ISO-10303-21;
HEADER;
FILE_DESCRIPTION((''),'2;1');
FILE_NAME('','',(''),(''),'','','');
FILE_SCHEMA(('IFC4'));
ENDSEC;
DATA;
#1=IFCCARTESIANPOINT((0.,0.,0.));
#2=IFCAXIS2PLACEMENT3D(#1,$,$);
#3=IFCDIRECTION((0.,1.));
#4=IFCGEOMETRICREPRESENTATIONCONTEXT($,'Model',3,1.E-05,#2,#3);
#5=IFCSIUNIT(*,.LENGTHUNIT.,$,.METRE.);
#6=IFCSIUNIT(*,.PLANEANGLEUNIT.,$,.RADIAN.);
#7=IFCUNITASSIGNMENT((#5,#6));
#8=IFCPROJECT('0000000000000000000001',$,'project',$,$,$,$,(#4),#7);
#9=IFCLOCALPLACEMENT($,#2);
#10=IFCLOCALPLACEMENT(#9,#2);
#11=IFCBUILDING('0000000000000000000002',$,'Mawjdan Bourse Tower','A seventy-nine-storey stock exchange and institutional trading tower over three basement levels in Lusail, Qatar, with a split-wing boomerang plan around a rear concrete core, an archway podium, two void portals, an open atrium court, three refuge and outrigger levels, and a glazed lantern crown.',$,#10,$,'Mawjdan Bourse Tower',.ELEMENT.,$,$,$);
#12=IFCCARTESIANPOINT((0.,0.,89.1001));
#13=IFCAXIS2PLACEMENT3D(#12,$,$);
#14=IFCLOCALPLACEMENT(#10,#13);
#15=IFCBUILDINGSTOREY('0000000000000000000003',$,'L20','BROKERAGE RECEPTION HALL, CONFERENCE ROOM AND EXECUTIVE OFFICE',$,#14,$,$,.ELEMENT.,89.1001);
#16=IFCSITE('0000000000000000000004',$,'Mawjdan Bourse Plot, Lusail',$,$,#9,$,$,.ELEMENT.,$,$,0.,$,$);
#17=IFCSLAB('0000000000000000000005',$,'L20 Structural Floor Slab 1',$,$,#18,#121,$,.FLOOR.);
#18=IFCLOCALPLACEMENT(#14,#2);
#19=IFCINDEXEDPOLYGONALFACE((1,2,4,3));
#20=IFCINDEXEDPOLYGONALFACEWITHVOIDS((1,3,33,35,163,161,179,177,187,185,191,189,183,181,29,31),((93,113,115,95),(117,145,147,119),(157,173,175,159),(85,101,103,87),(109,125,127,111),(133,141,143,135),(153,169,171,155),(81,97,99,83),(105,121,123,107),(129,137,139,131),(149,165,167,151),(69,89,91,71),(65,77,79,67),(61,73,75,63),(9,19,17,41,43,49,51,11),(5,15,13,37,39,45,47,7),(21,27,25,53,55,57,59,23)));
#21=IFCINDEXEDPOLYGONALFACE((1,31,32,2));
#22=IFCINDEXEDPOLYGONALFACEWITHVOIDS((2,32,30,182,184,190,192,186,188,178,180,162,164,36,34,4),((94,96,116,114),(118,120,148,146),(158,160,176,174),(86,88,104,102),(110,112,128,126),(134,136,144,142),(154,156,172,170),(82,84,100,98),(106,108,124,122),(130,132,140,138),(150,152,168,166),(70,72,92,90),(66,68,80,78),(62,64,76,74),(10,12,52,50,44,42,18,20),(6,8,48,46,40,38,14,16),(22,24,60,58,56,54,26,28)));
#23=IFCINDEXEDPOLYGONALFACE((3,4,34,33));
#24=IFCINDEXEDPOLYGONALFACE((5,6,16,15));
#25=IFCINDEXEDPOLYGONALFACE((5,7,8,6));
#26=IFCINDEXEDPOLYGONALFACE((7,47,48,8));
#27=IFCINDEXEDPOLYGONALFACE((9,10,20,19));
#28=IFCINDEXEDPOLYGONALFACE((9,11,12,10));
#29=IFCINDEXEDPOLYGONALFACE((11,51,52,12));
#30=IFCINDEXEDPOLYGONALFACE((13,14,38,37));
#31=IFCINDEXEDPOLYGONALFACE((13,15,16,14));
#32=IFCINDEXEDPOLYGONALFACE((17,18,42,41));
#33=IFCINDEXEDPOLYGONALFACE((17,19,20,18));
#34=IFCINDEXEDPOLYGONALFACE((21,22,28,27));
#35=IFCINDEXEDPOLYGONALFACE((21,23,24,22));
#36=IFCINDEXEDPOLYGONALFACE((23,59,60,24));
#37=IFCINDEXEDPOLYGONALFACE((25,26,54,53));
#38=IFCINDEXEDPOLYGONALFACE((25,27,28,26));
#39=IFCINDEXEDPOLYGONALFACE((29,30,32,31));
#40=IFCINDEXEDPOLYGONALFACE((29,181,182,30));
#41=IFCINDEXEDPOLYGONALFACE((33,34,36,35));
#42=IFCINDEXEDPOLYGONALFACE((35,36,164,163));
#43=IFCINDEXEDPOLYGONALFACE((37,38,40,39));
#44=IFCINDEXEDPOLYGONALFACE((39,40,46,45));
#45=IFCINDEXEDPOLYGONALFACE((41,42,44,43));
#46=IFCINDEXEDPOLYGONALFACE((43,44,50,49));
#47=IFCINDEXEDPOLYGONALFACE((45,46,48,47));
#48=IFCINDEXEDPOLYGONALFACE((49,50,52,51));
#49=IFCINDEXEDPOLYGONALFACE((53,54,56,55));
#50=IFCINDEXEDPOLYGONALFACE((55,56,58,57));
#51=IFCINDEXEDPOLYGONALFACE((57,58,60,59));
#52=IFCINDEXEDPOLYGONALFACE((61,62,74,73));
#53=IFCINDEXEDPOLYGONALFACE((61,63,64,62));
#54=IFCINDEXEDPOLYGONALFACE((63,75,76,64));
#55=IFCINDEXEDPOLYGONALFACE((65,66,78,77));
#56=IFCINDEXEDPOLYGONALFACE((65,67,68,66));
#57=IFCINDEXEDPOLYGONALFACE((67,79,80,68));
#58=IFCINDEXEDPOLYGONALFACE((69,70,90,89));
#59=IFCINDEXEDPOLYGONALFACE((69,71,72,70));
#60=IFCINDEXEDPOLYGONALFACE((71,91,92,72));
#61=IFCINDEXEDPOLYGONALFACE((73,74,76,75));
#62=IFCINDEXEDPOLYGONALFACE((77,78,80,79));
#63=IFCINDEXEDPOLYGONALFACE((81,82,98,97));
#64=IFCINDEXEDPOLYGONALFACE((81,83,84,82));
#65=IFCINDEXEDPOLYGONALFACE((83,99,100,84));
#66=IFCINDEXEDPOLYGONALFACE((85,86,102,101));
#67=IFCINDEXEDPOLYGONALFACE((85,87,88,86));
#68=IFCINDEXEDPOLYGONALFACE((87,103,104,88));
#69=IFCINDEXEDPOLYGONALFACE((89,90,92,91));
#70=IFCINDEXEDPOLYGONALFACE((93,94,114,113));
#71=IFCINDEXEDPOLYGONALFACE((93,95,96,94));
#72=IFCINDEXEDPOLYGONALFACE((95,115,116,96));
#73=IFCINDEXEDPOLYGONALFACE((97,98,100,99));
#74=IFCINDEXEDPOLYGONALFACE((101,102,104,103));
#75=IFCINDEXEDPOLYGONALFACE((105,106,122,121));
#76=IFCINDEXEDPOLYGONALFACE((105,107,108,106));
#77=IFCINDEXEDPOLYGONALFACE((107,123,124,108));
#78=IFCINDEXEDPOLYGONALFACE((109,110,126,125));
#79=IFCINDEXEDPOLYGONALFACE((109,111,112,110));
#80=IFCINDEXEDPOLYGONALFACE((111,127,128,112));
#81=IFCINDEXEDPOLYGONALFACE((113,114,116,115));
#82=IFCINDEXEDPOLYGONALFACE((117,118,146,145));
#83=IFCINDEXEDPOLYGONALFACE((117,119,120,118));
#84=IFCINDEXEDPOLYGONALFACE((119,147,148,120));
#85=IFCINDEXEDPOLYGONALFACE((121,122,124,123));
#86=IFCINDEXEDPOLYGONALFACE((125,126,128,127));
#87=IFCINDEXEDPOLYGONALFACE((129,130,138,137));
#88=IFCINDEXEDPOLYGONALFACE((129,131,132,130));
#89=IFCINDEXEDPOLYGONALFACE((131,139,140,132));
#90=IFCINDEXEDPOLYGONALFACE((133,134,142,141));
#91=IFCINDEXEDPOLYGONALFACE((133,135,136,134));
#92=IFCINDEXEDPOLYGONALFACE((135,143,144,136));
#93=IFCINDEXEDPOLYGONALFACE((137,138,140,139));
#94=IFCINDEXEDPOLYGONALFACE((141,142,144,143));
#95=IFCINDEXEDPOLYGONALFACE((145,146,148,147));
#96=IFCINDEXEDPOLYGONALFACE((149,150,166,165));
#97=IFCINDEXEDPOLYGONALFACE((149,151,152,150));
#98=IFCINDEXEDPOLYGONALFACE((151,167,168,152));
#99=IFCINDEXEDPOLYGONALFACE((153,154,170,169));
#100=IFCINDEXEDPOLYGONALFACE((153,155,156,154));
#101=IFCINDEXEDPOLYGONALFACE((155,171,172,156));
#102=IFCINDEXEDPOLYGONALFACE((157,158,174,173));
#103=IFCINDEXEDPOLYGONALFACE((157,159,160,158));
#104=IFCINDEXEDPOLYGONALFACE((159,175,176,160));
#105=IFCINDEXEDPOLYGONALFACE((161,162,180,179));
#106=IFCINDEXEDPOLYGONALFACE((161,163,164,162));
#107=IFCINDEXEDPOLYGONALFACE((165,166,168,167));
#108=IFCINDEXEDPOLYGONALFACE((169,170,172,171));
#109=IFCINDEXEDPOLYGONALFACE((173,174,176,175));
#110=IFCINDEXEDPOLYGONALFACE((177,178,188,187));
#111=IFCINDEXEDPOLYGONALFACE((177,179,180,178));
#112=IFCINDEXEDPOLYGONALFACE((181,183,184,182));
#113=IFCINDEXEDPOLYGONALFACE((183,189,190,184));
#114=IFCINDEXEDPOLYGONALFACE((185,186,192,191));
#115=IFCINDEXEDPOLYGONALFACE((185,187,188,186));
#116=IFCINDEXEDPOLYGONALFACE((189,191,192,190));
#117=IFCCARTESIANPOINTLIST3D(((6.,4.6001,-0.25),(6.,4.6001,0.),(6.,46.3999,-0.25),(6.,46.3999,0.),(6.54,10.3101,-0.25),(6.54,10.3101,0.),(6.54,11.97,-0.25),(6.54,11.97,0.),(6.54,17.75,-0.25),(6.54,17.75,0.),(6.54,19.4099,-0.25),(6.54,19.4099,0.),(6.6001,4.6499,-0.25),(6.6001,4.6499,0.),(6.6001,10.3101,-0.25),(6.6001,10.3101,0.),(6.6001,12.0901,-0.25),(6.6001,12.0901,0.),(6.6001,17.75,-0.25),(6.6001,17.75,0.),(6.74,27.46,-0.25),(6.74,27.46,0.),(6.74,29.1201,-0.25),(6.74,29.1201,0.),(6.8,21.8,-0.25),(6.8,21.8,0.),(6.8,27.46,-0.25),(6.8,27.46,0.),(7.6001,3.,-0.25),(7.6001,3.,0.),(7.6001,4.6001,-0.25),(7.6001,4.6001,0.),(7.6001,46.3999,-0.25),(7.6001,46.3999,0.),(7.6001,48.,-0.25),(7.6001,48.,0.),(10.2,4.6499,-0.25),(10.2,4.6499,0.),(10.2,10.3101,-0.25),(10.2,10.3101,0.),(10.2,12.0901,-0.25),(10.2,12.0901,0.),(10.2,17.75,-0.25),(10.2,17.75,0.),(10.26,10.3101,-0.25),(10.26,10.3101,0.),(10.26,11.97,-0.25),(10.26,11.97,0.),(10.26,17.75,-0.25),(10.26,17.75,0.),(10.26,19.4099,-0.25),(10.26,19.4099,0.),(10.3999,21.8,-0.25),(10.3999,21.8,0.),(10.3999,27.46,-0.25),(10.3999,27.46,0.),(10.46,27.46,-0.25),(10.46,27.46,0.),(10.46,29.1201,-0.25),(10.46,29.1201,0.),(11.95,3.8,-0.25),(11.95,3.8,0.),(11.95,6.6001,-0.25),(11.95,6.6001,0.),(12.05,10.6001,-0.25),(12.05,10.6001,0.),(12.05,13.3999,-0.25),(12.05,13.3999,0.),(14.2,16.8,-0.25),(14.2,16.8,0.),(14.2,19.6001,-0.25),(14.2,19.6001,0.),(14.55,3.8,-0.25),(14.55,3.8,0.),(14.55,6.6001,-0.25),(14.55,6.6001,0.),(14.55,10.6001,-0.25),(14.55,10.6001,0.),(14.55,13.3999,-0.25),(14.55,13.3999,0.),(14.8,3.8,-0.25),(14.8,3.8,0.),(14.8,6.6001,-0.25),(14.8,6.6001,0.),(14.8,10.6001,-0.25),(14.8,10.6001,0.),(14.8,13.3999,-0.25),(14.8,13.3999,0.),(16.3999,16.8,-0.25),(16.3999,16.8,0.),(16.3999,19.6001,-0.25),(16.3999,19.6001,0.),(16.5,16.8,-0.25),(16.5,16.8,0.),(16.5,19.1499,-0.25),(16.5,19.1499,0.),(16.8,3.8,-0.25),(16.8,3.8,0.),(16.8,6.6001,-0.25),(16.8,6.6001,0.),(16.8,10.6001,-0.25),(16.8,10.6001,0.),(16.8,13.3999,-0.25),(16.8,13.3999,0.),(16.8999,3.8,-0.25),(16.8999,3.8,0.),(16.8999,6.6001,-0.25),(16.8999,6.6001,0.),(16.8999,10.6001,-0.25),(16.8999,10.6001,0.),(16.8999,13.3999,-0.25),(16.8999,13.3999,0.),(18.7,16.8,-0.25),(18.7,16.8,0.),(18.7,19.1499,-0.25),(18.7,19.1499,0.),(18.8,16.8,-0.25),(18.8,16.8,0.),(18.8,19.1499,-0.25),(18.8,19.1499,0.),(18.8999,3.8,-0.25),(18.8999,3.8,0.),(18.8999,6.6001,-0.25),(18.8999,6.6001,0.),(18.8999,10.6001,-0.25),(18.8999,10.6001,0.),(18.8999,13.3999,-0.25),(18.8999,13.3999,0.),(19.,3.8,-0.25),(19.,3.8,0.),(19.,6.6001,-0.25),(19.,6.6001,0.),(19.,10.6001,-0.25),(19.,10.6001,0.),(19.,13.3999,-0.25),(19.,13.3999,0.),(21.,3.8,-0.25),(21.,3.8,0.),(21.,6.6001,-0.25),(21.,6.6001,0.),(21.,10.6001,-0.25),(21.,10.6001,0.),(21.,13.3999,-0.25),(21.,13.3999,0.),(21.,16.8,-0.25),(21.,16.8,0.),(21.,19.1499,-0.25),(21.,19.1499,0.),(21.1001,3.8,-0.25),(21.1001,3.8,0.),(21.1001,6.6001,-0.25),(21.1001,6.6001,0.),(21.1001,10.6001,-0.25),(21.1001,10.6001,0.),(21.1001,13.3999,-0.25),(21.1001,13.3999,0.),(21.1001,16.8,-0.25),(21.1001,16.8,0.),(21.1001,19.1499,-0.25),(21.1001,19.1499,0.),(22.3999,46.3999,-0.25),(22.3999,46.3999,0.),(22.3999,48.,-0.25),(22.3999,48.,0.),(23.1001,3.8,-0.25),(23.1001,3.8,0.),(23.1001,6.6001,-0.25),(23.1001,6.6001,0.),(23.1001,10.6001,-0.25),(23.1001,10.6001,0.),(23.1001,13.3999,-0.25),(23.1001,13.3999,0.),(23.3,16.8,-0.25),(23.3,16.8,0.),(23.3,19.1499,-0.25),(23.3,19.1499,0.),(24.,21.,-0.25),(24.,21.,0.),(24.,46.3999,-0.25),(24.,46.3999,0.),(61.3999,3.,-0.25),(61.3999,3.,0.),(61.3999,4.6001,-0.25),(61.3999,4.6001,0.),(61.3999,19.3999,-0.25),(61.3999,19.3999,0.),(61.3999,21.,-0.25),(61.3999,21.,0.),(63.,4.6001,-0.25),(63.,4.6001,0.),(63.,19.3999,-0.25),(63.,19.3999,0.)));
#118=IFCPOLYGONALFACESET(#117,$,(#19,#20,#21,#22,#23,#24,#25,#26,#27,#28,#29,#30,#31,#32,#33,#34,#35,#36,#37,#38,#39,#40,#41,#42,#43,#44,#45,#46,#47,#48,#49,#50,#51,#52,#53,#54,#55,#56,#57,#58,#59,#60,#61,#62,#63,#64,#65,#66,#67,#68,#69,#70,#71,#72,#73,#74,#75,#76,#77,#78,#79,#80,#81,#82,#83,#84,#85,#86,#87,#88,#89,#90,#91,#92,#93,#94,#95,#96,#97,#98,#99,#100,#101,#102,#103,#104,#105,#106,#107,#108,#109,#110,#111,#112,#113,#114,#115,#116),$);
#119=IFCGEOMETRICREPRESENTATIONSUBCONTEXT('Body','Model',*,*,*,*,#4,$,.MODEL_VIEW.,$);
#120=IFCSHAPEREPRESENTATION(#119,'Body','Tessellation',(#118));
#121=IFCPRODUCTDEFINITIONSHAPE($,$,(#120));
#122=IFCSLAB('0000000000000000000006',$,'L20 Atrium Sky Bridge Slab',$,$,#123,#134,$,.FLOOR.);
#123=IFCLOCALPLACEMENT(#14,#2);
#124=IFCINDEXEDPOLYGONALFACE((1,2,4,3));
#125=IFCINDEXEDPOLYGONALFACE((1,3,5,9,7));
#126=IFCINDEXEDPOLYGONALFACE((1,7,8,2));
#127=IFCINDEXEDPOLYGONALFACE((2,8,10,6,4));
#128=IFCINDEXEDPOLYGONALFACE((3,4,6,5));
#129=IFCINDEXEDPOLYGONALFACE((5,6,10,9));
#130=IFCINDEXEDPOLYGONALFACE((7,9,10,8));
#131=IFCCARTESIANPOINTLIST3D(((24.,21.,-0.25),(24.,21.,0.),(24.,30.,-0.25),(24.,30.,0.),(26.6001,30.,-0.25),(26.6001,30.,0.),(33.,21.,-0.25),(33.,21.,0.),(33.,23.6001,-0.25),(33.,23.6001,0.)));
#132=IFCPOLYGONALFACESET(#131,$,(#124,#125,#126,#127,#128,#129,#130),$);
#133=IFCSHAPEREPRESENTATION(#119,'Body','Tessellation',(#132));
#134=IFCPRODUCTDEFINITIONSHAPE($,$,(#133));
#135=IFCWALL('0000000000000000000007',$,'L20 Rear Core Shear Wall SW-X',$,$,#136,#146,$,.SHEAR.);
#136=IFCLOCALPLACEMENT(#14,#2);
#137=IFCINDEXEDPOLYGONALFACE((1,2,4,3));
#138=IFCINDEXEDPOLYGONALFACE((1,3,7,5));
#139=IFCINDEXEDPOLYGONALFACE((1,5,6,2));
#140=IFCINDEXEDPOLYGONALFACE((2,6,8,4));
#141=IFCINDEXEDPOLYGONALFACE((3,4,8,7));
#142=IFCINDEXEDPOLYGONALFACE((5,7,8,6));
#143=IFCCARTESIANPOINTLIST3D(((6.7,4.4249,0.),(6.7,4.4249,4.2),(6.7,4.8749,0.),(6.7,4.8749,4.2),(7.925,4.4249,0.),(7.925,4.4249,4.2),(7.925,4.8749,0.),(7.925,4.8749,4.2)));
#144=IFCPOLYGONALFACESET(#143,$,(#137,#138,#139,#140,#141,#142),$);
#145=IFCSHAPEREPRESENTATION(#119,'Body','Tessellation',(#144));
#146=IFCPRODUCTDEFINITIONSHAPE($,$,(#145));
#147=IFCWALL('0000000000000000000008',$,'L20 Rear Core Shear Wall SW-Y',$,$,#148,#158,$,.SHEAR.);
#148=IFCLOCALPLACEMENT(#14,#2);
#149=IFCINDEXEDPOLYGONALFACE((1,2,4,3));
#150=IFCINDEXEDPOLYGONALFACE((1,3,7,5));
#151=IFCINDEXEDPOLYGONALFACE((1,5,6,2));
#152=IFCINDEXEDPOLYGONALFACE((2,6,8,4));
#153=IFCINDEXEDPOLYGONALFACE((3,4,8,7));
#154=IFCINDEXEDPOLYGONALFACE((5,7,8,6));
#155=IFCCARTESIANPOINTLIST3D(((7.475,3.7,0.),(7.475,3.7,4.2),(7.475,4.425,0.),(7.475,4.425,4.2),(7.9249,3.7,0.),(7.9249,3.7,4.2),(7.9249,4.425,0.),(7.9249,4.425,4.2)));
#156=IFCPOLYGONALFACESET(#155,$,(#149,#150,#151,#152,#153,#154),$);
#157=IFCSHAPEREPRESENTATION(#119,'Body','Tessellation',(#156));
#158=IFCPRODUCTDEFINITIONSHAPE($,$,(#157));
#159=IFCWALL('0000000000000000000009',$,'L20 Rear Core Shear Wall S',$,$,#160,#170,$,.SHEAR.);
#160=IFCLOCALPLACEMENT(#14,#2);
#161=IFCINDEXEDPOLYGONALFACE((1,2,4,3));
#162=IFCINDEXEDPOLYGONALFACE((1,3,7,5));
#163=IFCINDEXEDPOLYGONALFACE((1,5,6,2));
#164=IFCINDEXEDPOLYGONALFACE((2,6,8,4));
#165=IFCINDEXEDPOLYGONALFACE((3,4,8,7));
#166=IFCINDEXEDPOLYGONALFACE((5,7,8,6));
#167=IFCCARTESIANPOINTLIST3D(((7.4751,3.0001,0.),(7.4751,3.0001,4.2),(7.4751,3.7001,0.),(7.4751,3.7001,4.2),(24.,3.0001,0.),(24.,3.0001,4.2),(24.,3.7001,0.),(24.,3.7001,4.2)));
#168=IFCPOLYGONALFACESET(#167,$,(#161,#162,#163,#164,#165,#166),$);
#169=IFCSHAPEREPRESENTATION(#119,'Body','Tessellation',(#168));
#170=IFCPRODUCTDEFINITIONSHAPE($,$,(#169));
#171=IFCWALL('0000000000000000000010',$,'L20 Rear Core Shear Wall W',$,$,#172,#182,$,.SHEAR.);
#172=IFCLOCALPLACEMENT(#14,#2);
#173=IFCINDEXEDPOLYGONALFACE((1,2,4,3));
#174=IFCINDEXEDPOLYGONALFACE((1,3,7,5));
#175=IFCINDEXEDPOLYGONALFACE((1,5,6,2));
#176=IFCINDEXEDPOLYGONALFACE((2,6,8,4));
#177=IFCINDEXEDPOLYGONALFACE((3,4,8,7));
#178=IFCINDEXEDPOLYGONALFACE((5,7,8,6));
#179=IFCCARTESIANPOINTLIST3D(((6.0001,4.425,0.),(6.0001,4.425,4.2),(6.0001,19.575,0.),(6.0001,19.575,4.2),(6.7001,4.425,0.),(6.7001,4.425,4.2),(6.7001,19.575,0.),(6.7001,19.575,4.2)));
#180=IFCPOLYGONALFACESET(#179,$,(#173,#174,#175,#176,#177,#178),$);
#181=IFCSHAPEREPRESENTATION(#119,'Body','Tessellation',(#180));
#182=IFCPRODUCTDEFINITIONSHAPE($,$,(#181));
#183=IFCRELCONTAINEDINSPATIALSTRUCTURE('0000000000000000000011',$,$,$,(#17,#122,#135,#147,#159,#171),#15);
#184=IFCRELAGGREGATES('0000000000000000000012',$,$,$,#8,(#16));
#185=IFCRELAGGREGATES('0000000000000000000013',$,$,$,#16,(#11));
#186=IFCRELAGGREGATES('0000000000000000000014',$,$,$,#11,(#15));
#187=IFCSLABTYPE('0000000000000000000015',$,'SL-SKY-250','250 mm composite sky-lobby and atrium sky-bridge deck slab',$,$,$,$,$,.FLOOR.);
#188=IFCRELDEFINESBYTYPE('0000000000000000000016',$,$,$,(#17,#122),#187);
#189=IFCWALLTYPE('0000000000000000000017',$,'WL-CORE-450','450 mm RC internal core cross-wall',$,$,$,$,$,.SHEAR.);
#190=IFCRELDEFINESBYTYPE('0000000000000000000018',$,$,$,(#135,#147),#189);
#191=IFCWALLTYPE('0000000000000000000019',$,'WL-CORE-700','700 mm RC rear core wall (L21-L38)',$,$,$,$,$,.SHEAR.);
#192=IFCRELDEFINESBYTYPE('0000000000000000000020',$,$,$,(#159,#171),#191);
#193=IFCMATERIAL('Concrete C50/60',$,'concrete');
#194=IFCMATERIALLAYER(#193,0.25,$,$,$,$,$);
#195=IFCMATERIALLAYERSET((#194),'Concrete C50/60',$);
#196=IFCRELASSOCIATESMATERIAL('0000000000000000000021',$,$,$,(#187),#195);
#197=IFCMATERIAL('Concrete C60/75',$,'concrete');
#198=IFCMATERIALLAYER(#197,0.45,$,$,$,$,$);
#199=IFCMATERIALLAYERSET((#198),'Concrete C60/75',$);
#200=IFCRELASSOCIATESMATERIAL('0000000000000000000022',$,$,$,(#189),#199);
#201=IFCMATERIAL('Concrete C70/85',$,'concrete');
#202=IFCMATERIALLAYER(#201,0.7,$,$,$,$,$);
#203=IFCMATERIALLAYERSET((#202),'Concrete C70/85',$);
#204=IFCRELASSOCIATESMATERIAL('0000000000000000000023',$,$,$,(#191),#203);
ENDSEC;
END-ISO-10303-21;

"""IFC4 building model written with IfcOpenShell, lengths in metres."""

from ifc_helpers import new_model, si_unit, direction, frame, frame_2d, origin, place, context, subcontext, project, spatial, polyline, rectangle, outline, extrude, material, layer, layer_set, type_object, element, save


model = new_model("IFC4")

# Units and contexts
model_context = context("Model", 3, precision=1e-05, world=origin(), true_north=direction((0.0, 1.0)))
body_context = subcontext(model_context, "Body", "Model", "MODEL_VIEW")
ifc_project = project(units=[si_unit("LENGTHUNIT", "METRE"), si_unit("PLANEANGLEUNIT", "RADIAN")], contexts=[model_context])

# Site, building, storey
site_placement = place(None, origin())
site = spatial("IfcSite", under=ifc_project, at=site_placement, Name="Mawjdan Bourse Plot, Lusail", CompositionType="ELEMENT", RefElevation=0.0)
building_placement = place(site_placement, origin())
building = spatial("IfcBuilding", under=site, at=building_placement, Name="Mawjdan Bourse Tower", Description="A seventy-nine-storey stock exchange and institutional trading tower over three basement levels in Lusail, Qatar, with a split-wing boomerang plan around a rear concrete core, an archway podium, two void portals, an open atrium court, three refuge and outrigger levels, and a glazed lantern crown.", LongName="Mawjdan Bourse Tower", CompositionType="ELEMENT")
storey_placement = place(building_placement, frame((0.0, 0.0, 89.1001)))
storey = spatial("IfcBuildingStorey", under=building, at=storey_placement, Name="L20", Description="BROKERAGE RECEPTION HALL, CONFERENCE ROOM AND EXECUTIVE OFFICE", CompositionType="ELEMENT", Elevation=89.1001)

# Shared definitions
ifc_material_1 = material(Name="Concrete C50/60", Category="concrete")

# Slabs
ifc_layer_1 = layer(ifc_material_1, 0.25)
ifc_layer_set_1 = layer_set([ifc_layer_1], Name="Concrete C50/60")
slab_type_1 = type_object("IfcSlabType", Name="SL-SKY-250", Description="250 mm composite sky-lobby and atrium sky-bridge deck slab", PredefinedType="FLOOR", material=ifc_layer_set_1)
slab_1_placement = place(storey_placement, frame((0.0, 0.0, -0.25)))
element("IfcSlab", 1, at=slab_1_placement, inside=storey, type_object=slab_type_1, Name="L20 Structural Floor Slab 1", PredefinedType="FLOOR", context=body_context, shape_type="SweptSolid", body=[
    extrude(outline(polyline([(7.6001, 3.0), (61.3999, 3.0), (61.3999, 4.6001), (63.0, 4.6001), (63.0, 19.3999), (61.3999, 19.3999), (61.3999, 21.0), (24.0, 21.0), (24.0, 46.3999), (22.3999, 46.3999), (22.3999, 48.0), (7.6001, 48.0), (7.6001, 46.3999), (6.0, 46.3999), (6.0, 4.6001), (7.6001, 4.6001), (7.6001, 3.0)]), holes=[polyline([(11.95, 3.8), (11.95, 6.6001), (14.55, 6.6001), (14.55, 3.8), (11.95, 3.8)]), polyline([(14.8, 3.8), (14.8, 6.6001), (16.8, 6.6001), (16.8, 3.8), (14.8, 3.8)]), polyline([(10.26, 11.97), (10.26, 10.3101), (10.2, 10.3101), (10.2, 4.6499), (6.6001, 4.6499), (6.6001, 10.3101), (6.54, 10.3101), (6.54, 11.97), (10.26, 11.97)]), polyline([(12.05, 13.3999), (14.55, 13.3999), (14.55, 10.6001), (12.05, 10.6001), (12.05, 13.3999)]), polyline([(6.6001, 17.75), (6.54, 17.75), (6.54, 19.4099), (10.26, 19.4099), (10.26, 17.75), (10.2, 17.75), (10.2, 12.0901), (6.6001, 12.0901), (6.6001, 17.75)]), polyline([(14.2, 16.8), (14.2, 19.6001), (16.3999, 19.6001), (16.3999, 16.8), (14.2, 16.8)]), polyline([(10.46, 27.46), (10.3999, 27.46), (10.3999, 21.8), (6.8, 21.8), (6.8, 27.46), (6.74, 27.46), (6.74, 29.1201), (10.46, 29.1201), (10.46, 27.46)]), polyline([(16.8999, 3.8), (16.8999, 6.6001), (18.8999, 6.6001), (18.8999, 3.8), (16.8999, 3.8)]), polyline([(19.0, 3.8), (19.0, 6.6001), (21.0, 6.6001), (21.0, 3.8), (19.0, 3.8)]), polyline([(21.1001, 3.8), (21.1001, 6.6001), (23.1001, 6.6001), (23.1001, 3.8), (21.1001, 3.8)]), polyline([(14.8, 13.3999), (16.8, 13.3999), (16.8, 10.6001), (14.8, 10.6001), (14.8, 13.3999)]), polyline([(16.8999, 13.3999), (18.8999, 13.3999), (18.8999, 10.6001), (16.8999, 10.6001), (16.8999, 13.3999)]), polyline([(19.0, 10.6001), (19.0, 13.3999), (21.0, 13.3999), (21.0, 10.6001), (19.0, 10.6001)]), polyline([(21.1001, 10.6001), (21.1001, 13.3999), (23.1001, 13.3999), (23.1001, 10.6001), (21.1001, 10.6001)]), polyline([(16.5, 16.8), (16.5, 19.1499), (18.7, 19.1499), (18.7, 16.8), (16.5, 16.8)]), polyline([(18.8, 19.1499), (21.0, 19.1499), (21.0, 16.8), (18.8, 16.8), (18.8, 19.1499)]), polyline([(21.1001, 19.1499), (23.3, 19.1499), (23.3, 16.8), (21.1001, 16.8), (21.1001, 19.1499)])]), origin(), (0.0, 0.0, 1.0), 0.25),
])
slab_2_placement = place(storey_placement, frame((0.0, 0.0, -0.25)))
element("IfcSlab", 2, at=slab_2_placement, inside=storey, type_object=slab_type_1, Name="L20 Atrium Sky Bridge Slab", PredefinedType="FLOOR", context=body_context, shape_type="SweptSolid", body=[
    extrude(outline(polyline([(24.0, 21.0), (33.0, 21.0), (33.0, 23.6001), (26.6001, 30.0), (24.0, 30.0), (24.0, 21.0)])), origin(), (0.0, 0.0, 1.0), 0.25),
])

# Walls
ifc_material_2 = material(Name="Concrete C60/75", Category="concrete")
ifc_layer_2 = layer(ifc_material_2, 0.45)
ifc_layer_set_2 = layer_set([ifc_layer_2], Name="Concrete C60/75")
wall_type_1 = type_object("IfcWallType", Name="WL-CORE-450", Description="450 mm RC internal core cross-wall", PredefinedType="SHEAR", material=ifc_layer_set_2)
wall_1_placement = place(storey_placement, frame((6.7, 4.6499, 0.0), z_axis=(0.0, 0.0, 1.0), x_axis=(1.0, 0.0, 0.0)))
element("IfcWall", 3, at=wall_1_placement, inside=storey, type_object=wall_type_1, Name="L20 Rear Core Shear Wall SW-X", PredefinedType="SHEAR", context=body_context, shape_type="SweptSolid", body=[
    extrude(rectangle(XDim=1.2251, YDim=0.45, at=frame_2d((0.6125, 0.0))), origin(), (0.0, 0.0, 1.0), 4.2),
])
wall_2_placement = place(storey_placement, frame((7.7, 3.7, 0.0), z_axis=(0.0, 0.0, 1.0), x_axis=(0.0, 1.0, 0.0)))
element("IfcWall", 4, at=wall_2_placement, inside=storey, type_object=wall_type_1, Name="L20 Rear Core Shear Wall SW-Y", PredefinedType="SHEAR", context=body_context, shape_type="SweptSolid", body=[
    extrude(rectangle(XDim=0.7251, YDim=0.45, at=frame_2d((0.3625, 0.0))), origin(), (0.0, 0.0, 1.0), 4.2),
])
ifc_material_3 = material(Name="Concrete C70/85", Category="concrete")
ifc_layer_3 = layer(ifc_material_3, 0.7)
ifc_layer_set_3 = layer_set([ifc_layer_3], Name="Concrete C70/85")
wall_type_2 = type_object("IfcWallType", Name="WL-CORE-700", Description="700 mm RC rear core wall (L21-L38)", PredefinedType="SHEAR", material=ifc_layer_set_3)
wall_3_placement = place(storey_placement, frame((7.4751, 3.3501, 0.0), z_axis=(0.0, 0.0, 1.0), x_axis=(1.0, 0.0, 0.0)))
element("IfcWall", 5, at=wall_3_placement, inside=storey, type_object=wall_type_2, Name="L20 Rear Core Shear Wall S", PredefinedType="SHEAR", context=body_context, shape_type="SweptSolid", body=[
    extrude(rectangle(XDim=16.5249, YDim=0.7, at=frame_2d((8.2625, 0.0))), origin(), (0.0, 0.0, 1.0), 4.2),
])
wall_4_placement = place(storey_placement, frame((6.3501, 4.425, 0.0), z_axis=(0.0, 0.0, 1.0), x_axis=(0.0, 1.0, 0.0)))
element("IfcWall", 6, at=wall_4_placement, inside=storey, type_object=wall_type_2, Name="L20 Rear Core Shear Wall W", PredefinedType="SHEAR", context=body_context, shape_type="SweptSolid", body=[
    extrude(rectangle(XDim=15.1499, YDim=0.7, at=frame_2d((7.575, 0.0))), origin(), (0.0, 0.0, 1.0), 4.2),
])

save(model, "model.ifc")
